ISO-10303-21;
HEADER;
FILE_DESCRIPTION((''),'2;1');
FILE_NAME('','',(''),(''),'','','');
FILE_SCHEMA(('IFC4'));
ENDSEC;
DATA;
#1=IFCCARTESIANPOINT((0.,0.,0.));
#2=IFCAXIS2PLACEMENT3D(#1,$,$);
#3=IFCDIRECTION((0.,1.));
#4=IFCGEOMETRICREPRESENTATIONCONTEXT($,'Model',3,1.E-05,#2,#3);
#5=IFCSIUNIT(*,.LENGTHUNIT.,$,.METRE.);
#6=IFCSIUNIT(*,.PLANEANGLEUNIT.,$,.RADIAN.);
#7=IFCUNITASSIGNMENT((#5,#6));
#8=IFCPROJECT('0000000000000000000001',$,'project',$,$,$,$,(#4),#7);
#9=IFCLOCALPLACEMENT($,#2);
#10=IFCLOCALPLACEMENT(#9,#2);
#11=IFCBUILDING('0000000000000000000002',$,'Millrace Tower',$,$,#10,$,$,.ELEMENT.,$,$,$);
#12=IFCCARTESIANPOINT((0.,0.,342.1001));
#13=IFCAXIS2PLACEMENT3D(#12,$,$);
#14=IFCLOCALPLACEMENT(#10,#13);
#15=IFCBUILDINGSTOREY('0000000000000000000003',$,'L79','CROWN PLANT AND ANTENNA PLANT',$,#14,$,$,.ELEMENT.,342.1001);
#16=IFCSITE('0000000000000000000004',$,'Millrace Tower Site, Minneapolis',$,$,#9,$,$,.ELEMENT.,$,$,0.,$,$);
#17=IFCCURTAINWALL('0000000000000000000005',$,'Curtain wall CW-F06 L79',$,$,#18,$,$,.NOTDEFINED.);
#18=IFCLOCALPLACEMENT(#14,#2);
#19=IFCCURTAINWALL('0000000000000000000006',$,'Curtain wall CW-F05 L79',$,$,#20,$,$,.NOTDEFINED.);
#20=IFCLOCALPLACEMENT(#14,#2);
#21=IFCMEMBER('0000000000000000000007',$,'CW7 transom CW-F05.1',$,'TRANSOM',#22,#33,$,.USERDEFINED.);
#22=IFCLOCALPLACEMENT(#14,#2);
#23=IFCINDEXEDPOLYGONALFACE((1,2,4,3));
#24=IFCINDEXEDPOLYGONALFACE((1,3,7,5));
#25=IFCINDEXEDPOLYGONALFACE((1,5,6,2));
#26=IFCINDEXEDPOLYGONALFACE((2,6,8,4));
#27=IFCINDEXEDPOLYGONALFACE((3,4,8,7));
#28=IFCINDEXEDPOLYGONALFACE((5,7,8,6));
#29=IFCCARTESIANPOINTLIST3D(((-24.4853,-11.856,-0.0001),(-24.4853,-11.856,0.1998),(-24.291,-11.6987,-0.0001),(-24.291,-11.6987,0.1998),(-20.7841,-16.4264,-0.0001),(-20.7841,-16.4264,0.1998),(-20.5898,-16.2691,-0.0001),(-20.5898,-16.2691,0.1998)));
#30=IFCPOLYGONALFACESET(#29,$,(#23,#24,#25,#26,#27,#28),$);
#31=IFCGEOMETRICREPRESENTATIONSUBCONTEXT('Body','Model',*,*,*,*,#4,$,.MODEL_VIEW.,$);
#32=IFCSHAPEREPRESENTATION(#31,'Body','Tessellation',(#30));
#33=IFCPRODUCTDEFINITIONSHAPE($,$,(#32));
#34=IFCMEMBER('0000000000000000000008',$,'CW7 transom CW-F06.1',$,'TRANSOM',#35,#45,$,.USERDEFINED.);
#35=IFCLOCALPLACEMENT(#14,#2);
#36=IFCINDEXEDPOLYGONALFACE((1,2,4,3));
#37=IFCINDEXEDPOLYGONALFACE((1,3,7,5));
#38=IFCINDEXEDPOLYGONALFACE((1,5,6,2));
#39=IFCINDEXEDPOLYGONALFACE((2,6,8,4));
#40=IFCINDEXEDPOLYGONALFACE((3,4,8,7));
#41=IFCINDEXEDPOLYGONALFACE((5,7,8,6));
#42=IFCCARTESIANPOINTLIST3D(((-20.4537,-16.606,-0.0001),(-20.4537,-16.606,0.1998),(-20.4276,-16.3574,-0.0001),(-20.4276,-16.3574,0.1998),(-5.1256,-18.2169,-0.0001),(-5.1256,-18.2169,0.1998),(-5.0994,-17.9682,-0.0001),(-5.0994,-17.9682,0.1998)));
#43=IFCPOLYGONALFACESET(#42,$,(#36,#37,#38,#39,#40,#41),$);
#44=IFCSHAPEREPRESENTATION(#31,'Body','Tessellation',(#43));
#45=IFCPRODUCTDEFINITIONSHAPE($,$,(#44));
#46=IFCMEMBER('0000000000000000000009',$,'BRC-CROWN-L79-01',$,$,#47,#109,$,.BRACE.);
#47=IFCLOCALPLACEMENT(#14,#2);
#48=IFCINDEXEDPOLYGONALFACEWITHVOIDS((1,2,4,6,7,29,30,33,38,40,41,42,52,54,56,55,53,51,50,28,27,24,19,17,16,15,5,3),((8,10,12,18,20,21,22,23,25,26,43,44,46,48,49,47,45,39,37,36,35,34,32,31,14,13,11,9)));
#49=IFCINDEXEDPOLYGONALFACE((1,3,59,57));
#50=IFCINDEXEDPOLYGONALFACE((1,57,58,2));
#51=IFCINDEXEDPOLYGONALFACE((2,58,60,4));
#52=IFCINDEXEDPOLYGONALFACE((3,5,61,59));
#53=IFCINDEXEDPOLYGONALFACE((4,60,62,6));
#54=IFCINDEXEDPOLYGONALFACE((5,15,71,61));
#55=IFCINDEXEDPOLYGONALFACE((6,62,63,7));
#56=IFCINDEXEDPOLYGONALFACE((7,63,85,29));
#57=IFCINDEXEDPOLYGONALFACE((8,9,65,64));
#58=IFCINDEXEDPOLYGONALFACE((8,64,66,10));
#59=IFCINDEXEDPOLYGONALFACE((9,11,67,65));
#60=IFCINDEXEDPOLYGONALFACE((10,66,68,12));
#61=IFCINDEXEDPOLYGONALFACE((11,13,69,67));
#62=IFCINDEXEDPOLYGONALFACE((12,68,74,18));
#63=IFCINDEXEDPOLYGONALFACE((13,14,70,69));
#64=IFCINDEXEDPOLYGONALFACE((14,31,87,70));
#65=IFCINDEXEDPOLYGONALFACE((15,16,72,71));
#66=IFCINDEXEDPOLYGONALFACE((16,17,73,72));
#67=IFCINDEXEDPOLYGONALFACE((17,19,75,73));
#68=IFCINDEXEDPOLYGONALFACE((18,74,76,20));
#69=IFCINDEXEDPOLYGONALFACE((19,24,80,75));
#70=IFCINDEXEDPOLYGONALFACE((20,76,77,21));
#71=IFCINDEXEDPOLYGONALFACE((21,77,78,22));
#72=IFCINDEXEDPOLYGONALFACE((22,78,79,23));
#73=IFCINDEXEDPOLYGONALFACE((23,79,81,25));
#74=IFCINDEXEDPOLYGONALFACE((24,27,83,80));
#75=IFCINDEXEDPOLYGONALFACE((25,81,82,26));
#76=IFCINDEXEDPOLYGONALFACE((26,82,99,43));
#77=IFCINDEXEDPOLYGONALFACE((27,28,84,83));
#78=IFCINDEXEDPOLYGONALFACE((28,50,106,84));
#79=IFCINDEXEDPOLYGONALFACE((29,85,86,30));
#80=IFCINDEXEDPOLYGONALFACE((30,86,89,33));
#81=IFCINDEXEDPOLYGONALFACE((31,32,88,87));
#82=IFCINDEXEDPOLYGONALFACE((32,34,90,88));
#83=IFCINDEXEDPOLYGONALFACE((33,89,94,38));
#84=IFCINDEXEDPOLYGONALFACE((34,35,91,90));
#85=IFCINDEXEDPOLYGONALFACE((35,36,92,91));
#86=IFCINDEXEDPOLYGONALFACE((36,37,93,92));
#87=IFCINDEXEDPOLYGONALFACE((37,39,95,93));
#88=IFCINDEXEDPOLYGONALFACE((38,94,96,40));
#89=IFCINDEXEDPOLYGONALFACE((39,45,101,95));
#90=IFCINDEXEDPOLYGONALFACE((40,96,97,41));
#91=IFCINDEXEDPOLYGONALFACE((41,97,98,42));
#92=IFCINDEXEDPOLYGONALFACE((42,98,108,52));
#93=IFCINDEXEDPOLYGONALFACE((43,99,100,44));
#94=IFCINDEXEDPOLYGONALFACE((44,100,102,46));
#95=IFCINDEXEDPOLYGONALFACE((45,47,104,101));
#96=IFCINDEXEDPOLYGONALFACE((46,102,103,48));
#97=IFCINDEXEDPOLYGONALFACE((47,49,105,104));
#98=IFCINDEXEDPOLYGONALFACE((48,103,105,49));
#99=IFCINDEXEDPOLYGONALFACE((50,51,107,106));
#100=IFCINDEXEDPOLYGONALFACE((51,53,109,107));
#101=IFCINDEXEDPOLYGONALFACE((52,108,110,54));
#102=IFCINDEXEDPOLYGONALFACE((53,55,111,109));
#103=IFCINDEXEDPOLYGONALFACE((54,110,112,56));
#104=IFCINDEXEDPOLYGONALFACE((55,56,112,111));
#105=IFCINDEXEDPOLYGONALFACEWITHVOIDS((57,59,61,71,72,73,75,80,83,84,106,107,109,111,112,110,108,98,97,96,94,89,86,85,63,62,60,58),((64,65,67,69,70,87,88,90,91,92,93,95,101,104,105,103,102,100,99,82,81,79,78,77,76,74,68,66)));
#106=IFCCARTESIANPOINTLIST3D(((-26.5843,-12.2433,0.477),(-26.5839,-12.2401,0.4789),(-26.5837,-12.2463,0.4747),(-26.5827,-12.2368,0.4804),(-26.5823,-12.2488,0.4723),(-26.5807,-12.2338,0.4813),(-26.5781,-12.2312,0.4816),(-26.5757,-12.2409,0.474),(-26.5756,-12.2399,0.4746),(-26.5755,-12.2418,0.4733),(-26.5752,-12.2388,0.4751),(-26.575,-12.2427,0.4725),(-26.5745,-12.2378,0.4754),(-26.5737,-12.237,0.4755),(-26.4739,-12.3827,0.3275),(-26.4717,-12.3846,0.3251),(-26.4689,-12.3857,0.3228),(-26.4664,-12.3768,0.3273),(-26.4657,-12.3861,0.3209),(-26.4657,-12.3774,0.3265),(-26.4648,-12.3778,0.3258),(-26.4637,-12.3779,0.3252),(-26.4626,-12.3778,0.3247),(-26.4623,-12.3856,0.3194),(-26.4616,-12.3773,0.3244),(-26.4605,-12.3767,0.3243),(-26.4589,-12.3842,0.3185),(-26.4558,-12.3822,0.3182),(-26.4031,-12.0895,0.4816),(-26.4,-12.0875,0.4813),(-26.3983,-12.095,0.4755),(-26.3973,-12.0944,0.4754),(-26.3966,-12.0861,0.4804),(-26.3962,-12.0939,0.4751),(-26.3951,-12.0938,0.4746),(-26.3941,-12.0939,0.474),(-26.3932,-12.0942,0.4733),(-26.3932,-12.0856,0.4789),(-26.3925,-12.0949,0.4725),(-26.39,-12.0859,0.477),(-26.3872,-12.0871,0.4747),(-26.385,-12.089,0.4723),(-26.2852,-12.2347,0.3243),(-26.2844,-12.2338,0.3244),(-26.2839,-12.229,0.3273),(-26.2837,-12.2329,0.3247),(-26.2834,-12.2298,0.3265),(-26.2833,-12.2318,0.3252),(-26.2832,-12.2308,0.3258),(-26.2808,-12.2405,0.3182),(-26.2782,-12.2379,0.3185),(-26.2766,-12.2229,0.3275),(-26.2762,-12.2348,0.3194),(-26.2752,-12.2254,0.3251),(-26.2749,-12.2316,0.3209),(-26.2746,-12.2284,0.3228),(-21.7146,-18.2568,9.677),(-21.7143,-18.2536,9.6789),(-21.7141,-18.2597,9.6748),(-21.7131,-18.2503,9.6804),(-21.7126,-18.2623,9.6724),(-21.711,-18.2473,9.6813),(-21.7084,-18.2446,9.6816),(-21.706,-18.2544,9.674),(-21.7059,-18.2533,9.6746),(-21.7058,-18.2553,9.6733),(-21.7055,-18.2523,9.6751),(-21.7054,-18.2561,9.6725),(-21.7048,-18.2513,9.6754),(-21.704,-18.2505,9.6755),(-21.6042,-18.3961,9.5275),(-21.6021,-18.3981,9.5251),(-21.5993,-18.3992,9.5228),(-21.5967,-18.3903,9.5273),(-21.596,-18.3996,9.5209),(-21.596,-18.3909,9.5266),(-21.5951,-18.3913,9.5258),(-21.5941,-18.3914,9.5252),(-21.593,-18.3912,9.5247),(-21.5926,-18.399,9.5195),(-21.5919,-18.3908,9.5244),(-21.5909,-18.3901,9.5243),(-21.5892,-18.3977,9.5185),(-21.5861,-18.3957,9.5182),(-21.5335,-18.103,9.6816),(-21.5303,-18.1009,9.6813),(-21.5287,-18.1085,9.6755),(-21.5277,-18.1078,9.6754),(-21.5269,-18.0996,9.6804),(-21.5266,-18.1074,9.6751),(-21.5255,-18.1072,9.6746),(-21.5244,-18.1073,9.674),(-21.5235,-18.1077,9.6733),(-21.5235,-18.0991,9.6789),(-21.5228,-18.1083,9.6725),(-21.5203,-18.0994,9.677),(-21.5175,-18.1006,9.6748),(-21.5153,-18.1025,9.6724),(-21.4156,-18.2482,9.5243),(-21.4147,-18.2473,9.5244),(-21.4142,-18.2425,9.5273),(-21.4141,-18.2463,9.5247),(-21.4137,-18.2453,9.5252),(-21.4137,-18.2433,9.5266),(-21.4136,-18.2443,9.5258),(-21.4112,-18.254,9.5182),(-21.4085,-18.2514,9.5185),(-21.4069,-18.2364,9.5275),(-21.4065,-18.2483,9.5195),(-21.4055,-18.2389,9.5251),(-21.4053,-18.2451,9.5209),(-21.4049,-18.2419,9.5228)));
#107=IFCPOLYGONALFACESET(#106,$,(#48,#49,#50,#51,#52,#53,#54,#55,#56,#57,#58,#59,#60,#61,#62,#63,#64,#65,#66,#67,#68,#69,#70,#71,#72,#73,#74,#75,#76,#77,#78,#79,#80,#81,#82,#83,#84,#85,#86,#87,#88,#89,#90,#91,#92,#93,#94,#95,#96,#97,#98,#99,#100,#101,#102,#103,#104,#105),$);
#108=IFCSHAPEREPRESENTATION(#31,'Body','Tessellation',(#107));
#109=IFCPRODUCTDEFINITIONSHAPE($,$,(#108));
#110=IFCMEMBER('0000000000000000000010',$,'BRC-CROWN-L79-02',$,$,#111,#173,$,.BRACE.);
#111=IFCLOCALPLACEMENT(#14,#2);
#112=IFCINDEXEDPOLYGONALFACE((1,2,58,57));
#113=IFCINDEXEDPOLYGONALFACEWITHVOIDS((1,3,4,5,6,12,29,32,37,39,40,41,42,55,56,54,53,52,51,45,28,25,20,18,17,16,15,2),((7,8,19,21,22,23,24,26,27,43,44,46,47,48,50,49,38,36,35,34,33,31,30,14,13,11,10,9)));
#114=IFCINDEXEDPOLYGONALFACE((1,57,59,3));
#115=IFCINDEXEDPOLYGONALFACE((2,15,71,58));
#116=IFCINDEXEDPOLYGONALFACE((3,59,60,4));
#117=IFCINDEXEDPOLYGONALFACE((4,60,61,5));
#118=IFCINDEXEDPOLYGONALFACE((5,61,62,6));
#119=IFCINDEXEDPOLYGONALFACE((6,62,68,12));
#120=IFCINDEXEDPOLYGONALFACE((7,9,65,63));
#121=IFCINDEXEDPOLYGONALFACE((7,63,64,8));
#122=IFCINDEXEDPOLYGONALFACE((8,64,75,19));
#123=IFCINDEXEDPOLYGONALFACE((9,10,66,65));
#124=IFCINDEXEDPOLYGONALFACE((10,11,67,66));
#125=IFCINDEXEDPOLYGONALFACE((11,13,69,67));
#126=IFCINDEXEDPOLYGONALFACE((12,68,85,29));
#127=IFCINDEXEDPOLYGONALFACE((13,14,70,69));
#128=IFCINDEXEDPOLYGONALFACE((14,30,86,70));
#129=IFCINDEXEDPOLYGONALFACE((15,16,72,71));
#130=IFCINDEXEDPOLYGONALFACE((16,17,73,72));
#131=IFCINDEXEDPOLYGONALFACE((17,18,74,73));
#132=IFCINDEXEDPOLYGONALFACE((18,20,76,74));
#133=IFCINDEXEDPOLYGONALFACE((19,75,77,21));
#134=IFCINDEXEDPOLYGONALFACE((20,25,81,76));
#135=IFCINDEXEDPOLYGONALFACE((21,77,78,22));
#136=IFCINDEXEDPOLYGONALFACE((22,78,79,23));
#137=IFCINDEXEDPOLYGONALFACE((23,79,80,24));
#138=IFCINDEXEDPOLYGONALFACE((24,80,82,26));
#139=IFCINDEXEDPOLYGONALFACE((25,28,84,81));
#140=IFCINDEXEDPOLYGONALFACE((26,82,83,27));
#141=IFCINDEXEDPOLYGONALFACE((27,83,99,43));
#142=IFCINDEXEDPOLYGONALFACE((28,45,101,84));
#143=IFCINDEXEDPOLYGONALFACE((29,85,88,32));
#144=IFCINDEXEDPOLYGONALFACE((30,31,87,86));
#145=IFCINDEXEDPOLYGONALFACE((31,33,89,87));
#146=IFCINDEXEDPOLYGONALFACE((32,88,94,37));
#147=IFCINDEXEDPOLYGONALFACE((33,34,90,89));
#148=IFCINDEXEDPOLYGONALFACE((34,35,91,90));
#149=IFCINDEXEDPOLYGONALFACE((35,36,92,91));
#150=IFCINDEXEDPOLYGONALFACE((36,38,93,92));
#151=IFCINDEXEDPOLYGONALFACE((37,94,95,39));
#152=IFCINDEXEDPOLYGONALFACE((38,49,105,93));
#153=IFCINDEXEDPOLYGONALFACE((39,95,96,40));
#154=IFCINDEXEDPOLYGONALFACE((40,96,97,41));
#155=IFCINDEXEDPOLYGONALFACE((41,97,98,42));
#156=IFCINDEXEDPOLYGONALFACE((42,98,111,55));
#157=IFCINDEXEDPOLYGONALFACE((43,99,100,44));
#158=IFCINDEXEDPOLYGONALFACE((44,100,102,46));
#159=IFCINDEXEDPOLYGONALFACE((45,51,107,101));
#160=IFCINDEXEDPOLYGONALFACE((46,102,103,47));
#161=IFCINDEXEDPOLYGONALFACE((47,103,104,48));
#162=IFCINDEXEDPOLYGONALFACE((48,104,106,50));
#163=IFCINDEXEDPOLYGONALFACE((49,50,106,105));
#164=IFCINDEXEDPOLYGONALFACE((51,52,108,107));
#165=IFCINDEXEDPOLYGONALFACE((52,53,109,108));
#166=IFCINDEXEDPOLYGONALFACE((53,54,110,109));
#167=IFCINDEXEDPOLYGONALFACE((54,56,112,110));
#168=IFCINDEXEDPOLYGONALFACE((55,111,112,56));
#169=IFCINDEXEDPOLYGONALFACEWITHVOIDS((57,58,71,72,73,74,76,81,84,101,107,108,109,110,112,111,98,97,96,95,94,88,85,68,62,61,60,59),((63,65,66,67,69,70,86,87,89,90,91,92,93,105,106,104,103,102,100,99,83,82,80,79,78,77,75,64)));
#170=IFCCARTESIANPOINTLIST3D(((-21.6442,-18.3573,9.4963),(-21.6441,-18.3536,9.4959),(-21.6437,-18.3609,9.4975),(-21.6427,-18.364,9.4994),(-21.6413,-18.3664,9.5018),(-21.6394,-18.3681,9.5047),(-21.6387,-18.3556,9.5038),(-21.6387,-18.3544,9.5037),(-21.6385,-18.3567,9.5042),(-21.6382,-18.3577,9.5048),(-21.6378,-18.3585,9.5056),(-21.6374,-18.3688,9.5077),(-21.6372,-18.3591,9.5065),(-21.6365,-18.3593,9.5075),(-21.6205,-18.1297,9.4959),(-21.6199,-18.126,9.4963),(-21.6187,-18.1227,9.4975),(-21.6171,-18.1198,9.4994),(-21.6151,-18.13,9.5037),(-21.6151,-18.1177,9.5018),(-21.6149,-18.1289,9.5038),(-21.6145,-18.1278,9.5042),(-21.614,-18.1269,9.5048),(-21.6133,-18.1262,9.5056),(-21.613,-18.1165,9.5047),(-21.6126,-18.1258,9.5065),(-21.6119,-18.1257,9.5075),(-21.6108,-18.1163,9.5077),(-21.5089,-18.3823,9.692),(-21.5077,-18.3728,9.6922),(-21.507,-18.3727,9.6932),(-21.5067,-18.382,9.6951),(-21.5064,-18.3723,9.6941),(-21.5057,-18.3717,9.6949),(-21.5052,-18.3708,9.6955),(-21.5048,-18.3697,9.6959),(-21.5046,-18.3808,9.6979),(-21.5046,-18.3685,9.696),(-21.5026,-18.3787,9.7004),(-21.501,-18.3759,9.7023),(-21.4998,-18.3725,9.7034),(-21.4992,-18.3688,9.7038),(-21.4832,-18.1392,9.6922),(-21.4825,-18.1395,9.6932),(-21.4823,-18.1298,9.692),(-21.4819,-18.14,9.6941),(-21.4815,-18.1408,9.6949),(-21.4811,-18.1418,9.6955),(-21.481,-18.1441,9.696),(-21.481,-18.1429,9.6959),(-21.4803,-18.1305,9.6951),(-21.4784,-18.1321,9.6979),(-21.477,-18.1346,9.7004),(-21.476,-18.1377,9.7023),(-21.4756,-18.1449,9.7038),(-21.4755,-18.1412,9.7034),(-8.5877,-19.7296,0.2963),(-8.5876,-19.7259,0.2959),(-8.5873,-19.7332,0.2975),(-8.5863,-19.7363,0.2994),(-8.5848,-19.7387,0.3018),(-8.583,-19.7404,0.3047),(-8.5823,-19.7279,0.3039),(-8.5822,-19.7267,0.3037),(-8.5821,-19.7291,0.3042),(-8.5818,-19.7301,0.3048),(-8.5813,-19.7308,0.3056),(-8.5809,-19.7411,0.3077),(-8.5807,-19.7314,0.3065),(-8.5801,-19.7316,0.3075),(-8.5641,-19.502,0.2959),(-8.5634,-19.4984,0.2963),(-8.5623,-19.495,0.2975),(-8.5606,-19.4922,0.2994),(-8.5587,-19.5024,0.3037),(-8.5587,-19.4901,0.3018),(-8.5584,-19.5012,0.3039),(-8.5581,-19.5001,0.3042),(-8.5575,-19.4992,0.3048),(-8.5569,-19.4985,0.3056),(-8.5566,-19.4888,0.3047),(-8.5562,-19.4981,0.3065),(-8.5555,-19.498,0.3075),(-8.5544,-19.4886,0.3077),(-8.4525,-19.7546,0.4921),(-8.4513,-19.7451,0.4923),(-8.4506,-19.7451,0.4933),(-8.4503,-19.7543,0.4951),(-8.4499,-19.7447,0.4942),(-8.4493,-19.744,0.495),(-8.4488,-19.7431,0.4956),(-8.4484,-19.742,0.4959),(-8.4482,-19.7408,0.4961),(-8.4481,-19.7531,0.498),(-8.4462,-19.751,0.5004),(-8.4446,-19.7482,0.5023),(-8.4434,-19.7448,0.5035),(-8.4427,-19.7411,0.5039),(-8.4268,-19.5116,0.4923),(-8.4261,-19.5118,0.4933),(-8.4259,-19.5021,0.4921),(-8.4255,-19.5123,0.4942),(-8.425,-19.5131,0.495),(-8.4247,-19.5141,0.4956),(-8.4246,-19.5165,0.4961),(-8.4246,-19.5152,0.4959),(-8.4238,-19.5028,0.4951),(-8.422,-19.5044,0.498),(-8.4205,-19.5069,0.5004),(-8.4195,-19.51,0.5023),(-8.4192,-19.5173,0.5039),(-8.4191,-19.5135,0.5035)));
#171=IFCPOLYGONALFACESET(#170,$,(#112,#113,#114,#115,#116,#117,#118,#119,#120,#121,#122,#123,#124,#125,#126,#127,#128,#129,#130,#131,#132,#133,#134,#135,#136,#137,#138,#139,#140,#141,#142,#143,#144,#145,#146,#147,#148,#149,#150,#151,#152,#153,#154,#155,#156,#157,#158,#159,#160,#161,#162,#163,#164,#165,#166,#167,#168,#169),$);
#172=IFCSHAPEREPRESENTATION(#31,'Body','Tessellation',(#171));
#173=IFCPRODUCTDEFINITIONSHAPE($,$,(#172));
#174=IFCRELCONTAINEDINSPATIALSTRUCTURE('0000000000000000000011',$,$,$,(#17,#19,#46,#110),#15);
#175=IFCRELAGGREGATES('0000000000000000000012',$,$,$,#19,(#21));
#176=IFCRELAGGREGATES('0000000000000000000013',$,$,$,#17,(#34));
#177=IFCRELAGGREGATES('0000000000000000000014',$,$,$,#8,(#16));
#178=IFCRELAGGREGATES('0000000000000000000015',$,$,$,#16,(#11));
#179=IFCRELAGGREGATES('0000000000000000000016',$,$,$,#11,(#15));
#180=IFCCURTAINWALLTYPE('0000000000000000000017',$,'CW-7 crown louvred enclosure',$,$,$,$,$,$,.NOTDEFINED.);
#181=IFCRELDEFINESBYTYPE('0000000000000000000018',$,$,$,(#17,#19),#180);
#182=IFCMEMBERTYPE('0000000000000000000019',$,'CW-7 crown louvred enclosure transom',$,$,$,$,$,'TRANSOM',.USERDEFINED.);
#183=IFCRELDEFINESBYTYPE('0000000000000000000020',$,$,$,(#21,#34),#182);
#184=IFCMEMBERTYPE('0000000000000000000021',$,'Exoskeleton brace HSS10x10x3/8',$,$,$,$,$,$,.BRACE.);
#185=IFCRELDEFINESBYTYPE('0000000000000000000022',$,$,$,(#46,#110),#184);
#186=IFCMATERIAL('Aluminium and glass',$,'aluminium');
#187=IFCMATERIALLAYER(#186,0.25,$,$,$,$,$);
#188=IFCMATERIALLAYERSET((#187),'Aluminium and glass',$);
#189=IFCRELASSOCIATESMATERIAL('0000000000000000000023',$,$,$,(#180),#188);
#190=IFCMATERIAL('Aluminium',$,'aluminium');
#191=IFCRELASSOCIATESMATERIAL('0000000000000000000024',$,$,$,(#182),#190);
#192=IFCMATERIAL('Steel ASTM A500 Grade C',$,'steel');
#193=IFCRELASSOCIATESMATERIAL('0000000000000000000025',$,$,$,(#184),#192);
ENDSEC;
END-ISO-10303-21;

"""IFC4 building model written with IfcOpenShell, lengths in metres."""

from ifc_helpers import new_model, si_unit, direction, frame, origin, origin_2d, place, context, subcontext, project, spatial, rectangle, hollow_rectangle, extrude, material, layer, layer_set, material_profile, profile_set, type_object, element, aggregate, save


model = new_model("IFC4")

# Units and contexts
model_context = context("Model", 3, precision=1e-05, world=origin(), true_north=direction((0.0, 1.0)))
body_context = subcontext(model_context, "Body", "Model", "MODEL_VIEW")
ifc_project = project(units=[si_unit("LENGTHUNIT", "METRE"), si_unit("PLANEANGLEUNIT", "RADIAN")], contexts=[model_context])

# Site, building, storey
site_placement = place(None, origin())
site = spatial("IfcSite", under=ifc_project, at=site_placement, Name="Millrace Tower Site, Minneapolis", CompositionType="ELEMENT", RefElevation=0.0)
building_placement = place(site_placement, origin())
building = spatial("IfcBuilding", under=site, at=building_placement, Name="Millrace Tower", CompositionType="ELEMENT")
storey_placement = place(building_placement, frame((0.0, 0.0, 342.1001)))
storey = spatial("IfcBuildingStorey", under=building, at=storey_placement, Name="L79", Description="CROWN PLANT AND ANTENNA PLANT", CompositionType="ELEMENT", Elevation=342.1001)

# Curtain wall
ifc_material_1 = material(Name="Aluminium and glass", Category="aluminium")
ifc_layer_1 = layer(ifc_material_1, 0.25)
ifc_layer_set_1 = layer_set([ifc_layer_1], Name="Aluminium and glass")
curtain_wall_type = type_object("IfcCurtainWallType", Name="CW-7 crown louvred enclosure", PredefinedType="NOTDEFINED", material=ifc_layer_set_1)
placement = place(storey_placement, origin())
curtain_wall_1 = element("IfcCurtainWall", 1, at=placement, inside=storey, type_object=curtain_wall_type, Name="Curtain wall CW-F06 L79", PredefinedType="NOTDEFINED")

# Curtain wall, member
curtain_wall_2 = element("IfcCurtainWall", 2, at=placement, inside=storey, type_object=curtain_wall_type, Name="Curtain wall CW-F05 L79", PredefinedType="NOTDEFINED")
ifc_material_2 = material(Name="Aluminium", Category="aluminium")
ifc_material_profile_1 = material_profile(ifc_material_2, rectangle(XDim=0.25, YDim=0.2, at=origin_2d()))
ifc_profile_set_1 = profile_set([ifc_material_profile_1], Name="Aluminium")
member_type_1 = type_object("IfcMemberType", Name="CW-7 crown louvred enclosure transom", ElementType="TRANSOM", PredefinedType="USERDEFINED", material=ifc_profile_set_1)
member_1_placement = place(storey_placement, frame((-24.3882, -11.7773, 0.0999), z_axis=(0.629342, -0.777129, 0.0), x_axis=(0.777129, 0.629342, 0.0)))
member_1 = element("IfcMember", 3, at=member_1_placement, type_object=member_type_1, Name="CW7 transom CW-F05.1", ObjectType="TRANSOM", PredefinedType="USERDEFINED", context=body_context, shape_type="SweptSolid", body=[
    extrude(rectangle(XDim=0.25, YDim=0.2, at=origin_2d()), origin(), (0.0, 0.0, 1.0), 5.8811),
])
aggregate(curtain_wall_2, [member_1])

# Member
member_2_placement = place(storey_placement, frame((-20.4407, -16.4817, 0.0999), z_axis=(0.994523, -0.104515, 0.0), x_axis=(0.104515, 0.994523, 0.0)))
member_2 = element("IfcMember", 4, at=member_2_placement, type_object=member_type_1, Name="CW7 transom CW-F06.1", ObjectType="TRANSOM", PredefinedType="USERDEFINED", context=body_context, shape_type="SweptSolid", body=[
    extrude(rectangle(XDim=0.25, YDim=0.2, at=origin_2d()), origin(), (0.0, 0.0, 1.0), 15.4126),
])
aggregate(curtain_wall_1, [member_2])

# Members
ifc_material_3 = material(Name="Steel ASTM A500 Grade C", Category="steel")
ifc_material_profile_2 = material_profile(ifc_material_3, hollow_rectangle(XDim=0.2539, YDim=0.2539, WallThickness=0.0095, InnerFilletRadius=0.0046, OuterFilletRadius=0.0144, at=origin_2d()))
ifc_profile_set_2 = profile_set([ifc_material_profile_2], Name="Steel ASTM A500 Grade C")
member_type_2 = type_object("IfcMemberType", Name="Exoskeleton brace HSS10x10x3/8", PredefinedType="BRACE", material=ifc_profile_set_2)
member_3_placement = place(storey_placement, frame((-26.4294, -12.2358, 0.3999), z_axis=(0.405081, -0.500228, 0.765299), x_axis=(0.777143, 0.629324, 0.0)))
element("IfcMember", 5, at=member_3_placement, inside=storey, type_object=member_type_2, Name="BRC-CROWN-L79-01", PredefinedType="BRACE", context=body_context, shape_type="SweptSolid", body=[
    extrude(hollow_rectangle(XDim=0.2539, YDim=0.2539, WallThickness=0.0095, InnerFilletRadius=0.0046, OuterFilletRadius=0.0144, at=origin_2d()), origin(), (0.0, 0.0, 1.0), 12.0215),
])
member_4_placement = place(storey_placement, frame((-8.5034, -19.6216, 0.3999), z_axis=(-0.814449, 0.085604, 0.573886), x_axis=(-0.104531, -0.994522, 0.0)))
element("IfcMember", 6, at=member_4_placement, inside=storey, type_object=member_type_2, Name="BRC-CROWN-L79-02", PredefinedType="BRACE", context=body_context, shape_type="SweptSolid", body=[
    extrude(hollow_rectangle(XDim=0.2539, YDim=0.2539, WallThickness=0.0095, InnerFilletRadius=0.0046, OuterFilletRadius=0.0144, at=origin_2d()), origin(), (0.0, 0.0, 1.0), 16.031),
])

save(model, "model.ifc")
